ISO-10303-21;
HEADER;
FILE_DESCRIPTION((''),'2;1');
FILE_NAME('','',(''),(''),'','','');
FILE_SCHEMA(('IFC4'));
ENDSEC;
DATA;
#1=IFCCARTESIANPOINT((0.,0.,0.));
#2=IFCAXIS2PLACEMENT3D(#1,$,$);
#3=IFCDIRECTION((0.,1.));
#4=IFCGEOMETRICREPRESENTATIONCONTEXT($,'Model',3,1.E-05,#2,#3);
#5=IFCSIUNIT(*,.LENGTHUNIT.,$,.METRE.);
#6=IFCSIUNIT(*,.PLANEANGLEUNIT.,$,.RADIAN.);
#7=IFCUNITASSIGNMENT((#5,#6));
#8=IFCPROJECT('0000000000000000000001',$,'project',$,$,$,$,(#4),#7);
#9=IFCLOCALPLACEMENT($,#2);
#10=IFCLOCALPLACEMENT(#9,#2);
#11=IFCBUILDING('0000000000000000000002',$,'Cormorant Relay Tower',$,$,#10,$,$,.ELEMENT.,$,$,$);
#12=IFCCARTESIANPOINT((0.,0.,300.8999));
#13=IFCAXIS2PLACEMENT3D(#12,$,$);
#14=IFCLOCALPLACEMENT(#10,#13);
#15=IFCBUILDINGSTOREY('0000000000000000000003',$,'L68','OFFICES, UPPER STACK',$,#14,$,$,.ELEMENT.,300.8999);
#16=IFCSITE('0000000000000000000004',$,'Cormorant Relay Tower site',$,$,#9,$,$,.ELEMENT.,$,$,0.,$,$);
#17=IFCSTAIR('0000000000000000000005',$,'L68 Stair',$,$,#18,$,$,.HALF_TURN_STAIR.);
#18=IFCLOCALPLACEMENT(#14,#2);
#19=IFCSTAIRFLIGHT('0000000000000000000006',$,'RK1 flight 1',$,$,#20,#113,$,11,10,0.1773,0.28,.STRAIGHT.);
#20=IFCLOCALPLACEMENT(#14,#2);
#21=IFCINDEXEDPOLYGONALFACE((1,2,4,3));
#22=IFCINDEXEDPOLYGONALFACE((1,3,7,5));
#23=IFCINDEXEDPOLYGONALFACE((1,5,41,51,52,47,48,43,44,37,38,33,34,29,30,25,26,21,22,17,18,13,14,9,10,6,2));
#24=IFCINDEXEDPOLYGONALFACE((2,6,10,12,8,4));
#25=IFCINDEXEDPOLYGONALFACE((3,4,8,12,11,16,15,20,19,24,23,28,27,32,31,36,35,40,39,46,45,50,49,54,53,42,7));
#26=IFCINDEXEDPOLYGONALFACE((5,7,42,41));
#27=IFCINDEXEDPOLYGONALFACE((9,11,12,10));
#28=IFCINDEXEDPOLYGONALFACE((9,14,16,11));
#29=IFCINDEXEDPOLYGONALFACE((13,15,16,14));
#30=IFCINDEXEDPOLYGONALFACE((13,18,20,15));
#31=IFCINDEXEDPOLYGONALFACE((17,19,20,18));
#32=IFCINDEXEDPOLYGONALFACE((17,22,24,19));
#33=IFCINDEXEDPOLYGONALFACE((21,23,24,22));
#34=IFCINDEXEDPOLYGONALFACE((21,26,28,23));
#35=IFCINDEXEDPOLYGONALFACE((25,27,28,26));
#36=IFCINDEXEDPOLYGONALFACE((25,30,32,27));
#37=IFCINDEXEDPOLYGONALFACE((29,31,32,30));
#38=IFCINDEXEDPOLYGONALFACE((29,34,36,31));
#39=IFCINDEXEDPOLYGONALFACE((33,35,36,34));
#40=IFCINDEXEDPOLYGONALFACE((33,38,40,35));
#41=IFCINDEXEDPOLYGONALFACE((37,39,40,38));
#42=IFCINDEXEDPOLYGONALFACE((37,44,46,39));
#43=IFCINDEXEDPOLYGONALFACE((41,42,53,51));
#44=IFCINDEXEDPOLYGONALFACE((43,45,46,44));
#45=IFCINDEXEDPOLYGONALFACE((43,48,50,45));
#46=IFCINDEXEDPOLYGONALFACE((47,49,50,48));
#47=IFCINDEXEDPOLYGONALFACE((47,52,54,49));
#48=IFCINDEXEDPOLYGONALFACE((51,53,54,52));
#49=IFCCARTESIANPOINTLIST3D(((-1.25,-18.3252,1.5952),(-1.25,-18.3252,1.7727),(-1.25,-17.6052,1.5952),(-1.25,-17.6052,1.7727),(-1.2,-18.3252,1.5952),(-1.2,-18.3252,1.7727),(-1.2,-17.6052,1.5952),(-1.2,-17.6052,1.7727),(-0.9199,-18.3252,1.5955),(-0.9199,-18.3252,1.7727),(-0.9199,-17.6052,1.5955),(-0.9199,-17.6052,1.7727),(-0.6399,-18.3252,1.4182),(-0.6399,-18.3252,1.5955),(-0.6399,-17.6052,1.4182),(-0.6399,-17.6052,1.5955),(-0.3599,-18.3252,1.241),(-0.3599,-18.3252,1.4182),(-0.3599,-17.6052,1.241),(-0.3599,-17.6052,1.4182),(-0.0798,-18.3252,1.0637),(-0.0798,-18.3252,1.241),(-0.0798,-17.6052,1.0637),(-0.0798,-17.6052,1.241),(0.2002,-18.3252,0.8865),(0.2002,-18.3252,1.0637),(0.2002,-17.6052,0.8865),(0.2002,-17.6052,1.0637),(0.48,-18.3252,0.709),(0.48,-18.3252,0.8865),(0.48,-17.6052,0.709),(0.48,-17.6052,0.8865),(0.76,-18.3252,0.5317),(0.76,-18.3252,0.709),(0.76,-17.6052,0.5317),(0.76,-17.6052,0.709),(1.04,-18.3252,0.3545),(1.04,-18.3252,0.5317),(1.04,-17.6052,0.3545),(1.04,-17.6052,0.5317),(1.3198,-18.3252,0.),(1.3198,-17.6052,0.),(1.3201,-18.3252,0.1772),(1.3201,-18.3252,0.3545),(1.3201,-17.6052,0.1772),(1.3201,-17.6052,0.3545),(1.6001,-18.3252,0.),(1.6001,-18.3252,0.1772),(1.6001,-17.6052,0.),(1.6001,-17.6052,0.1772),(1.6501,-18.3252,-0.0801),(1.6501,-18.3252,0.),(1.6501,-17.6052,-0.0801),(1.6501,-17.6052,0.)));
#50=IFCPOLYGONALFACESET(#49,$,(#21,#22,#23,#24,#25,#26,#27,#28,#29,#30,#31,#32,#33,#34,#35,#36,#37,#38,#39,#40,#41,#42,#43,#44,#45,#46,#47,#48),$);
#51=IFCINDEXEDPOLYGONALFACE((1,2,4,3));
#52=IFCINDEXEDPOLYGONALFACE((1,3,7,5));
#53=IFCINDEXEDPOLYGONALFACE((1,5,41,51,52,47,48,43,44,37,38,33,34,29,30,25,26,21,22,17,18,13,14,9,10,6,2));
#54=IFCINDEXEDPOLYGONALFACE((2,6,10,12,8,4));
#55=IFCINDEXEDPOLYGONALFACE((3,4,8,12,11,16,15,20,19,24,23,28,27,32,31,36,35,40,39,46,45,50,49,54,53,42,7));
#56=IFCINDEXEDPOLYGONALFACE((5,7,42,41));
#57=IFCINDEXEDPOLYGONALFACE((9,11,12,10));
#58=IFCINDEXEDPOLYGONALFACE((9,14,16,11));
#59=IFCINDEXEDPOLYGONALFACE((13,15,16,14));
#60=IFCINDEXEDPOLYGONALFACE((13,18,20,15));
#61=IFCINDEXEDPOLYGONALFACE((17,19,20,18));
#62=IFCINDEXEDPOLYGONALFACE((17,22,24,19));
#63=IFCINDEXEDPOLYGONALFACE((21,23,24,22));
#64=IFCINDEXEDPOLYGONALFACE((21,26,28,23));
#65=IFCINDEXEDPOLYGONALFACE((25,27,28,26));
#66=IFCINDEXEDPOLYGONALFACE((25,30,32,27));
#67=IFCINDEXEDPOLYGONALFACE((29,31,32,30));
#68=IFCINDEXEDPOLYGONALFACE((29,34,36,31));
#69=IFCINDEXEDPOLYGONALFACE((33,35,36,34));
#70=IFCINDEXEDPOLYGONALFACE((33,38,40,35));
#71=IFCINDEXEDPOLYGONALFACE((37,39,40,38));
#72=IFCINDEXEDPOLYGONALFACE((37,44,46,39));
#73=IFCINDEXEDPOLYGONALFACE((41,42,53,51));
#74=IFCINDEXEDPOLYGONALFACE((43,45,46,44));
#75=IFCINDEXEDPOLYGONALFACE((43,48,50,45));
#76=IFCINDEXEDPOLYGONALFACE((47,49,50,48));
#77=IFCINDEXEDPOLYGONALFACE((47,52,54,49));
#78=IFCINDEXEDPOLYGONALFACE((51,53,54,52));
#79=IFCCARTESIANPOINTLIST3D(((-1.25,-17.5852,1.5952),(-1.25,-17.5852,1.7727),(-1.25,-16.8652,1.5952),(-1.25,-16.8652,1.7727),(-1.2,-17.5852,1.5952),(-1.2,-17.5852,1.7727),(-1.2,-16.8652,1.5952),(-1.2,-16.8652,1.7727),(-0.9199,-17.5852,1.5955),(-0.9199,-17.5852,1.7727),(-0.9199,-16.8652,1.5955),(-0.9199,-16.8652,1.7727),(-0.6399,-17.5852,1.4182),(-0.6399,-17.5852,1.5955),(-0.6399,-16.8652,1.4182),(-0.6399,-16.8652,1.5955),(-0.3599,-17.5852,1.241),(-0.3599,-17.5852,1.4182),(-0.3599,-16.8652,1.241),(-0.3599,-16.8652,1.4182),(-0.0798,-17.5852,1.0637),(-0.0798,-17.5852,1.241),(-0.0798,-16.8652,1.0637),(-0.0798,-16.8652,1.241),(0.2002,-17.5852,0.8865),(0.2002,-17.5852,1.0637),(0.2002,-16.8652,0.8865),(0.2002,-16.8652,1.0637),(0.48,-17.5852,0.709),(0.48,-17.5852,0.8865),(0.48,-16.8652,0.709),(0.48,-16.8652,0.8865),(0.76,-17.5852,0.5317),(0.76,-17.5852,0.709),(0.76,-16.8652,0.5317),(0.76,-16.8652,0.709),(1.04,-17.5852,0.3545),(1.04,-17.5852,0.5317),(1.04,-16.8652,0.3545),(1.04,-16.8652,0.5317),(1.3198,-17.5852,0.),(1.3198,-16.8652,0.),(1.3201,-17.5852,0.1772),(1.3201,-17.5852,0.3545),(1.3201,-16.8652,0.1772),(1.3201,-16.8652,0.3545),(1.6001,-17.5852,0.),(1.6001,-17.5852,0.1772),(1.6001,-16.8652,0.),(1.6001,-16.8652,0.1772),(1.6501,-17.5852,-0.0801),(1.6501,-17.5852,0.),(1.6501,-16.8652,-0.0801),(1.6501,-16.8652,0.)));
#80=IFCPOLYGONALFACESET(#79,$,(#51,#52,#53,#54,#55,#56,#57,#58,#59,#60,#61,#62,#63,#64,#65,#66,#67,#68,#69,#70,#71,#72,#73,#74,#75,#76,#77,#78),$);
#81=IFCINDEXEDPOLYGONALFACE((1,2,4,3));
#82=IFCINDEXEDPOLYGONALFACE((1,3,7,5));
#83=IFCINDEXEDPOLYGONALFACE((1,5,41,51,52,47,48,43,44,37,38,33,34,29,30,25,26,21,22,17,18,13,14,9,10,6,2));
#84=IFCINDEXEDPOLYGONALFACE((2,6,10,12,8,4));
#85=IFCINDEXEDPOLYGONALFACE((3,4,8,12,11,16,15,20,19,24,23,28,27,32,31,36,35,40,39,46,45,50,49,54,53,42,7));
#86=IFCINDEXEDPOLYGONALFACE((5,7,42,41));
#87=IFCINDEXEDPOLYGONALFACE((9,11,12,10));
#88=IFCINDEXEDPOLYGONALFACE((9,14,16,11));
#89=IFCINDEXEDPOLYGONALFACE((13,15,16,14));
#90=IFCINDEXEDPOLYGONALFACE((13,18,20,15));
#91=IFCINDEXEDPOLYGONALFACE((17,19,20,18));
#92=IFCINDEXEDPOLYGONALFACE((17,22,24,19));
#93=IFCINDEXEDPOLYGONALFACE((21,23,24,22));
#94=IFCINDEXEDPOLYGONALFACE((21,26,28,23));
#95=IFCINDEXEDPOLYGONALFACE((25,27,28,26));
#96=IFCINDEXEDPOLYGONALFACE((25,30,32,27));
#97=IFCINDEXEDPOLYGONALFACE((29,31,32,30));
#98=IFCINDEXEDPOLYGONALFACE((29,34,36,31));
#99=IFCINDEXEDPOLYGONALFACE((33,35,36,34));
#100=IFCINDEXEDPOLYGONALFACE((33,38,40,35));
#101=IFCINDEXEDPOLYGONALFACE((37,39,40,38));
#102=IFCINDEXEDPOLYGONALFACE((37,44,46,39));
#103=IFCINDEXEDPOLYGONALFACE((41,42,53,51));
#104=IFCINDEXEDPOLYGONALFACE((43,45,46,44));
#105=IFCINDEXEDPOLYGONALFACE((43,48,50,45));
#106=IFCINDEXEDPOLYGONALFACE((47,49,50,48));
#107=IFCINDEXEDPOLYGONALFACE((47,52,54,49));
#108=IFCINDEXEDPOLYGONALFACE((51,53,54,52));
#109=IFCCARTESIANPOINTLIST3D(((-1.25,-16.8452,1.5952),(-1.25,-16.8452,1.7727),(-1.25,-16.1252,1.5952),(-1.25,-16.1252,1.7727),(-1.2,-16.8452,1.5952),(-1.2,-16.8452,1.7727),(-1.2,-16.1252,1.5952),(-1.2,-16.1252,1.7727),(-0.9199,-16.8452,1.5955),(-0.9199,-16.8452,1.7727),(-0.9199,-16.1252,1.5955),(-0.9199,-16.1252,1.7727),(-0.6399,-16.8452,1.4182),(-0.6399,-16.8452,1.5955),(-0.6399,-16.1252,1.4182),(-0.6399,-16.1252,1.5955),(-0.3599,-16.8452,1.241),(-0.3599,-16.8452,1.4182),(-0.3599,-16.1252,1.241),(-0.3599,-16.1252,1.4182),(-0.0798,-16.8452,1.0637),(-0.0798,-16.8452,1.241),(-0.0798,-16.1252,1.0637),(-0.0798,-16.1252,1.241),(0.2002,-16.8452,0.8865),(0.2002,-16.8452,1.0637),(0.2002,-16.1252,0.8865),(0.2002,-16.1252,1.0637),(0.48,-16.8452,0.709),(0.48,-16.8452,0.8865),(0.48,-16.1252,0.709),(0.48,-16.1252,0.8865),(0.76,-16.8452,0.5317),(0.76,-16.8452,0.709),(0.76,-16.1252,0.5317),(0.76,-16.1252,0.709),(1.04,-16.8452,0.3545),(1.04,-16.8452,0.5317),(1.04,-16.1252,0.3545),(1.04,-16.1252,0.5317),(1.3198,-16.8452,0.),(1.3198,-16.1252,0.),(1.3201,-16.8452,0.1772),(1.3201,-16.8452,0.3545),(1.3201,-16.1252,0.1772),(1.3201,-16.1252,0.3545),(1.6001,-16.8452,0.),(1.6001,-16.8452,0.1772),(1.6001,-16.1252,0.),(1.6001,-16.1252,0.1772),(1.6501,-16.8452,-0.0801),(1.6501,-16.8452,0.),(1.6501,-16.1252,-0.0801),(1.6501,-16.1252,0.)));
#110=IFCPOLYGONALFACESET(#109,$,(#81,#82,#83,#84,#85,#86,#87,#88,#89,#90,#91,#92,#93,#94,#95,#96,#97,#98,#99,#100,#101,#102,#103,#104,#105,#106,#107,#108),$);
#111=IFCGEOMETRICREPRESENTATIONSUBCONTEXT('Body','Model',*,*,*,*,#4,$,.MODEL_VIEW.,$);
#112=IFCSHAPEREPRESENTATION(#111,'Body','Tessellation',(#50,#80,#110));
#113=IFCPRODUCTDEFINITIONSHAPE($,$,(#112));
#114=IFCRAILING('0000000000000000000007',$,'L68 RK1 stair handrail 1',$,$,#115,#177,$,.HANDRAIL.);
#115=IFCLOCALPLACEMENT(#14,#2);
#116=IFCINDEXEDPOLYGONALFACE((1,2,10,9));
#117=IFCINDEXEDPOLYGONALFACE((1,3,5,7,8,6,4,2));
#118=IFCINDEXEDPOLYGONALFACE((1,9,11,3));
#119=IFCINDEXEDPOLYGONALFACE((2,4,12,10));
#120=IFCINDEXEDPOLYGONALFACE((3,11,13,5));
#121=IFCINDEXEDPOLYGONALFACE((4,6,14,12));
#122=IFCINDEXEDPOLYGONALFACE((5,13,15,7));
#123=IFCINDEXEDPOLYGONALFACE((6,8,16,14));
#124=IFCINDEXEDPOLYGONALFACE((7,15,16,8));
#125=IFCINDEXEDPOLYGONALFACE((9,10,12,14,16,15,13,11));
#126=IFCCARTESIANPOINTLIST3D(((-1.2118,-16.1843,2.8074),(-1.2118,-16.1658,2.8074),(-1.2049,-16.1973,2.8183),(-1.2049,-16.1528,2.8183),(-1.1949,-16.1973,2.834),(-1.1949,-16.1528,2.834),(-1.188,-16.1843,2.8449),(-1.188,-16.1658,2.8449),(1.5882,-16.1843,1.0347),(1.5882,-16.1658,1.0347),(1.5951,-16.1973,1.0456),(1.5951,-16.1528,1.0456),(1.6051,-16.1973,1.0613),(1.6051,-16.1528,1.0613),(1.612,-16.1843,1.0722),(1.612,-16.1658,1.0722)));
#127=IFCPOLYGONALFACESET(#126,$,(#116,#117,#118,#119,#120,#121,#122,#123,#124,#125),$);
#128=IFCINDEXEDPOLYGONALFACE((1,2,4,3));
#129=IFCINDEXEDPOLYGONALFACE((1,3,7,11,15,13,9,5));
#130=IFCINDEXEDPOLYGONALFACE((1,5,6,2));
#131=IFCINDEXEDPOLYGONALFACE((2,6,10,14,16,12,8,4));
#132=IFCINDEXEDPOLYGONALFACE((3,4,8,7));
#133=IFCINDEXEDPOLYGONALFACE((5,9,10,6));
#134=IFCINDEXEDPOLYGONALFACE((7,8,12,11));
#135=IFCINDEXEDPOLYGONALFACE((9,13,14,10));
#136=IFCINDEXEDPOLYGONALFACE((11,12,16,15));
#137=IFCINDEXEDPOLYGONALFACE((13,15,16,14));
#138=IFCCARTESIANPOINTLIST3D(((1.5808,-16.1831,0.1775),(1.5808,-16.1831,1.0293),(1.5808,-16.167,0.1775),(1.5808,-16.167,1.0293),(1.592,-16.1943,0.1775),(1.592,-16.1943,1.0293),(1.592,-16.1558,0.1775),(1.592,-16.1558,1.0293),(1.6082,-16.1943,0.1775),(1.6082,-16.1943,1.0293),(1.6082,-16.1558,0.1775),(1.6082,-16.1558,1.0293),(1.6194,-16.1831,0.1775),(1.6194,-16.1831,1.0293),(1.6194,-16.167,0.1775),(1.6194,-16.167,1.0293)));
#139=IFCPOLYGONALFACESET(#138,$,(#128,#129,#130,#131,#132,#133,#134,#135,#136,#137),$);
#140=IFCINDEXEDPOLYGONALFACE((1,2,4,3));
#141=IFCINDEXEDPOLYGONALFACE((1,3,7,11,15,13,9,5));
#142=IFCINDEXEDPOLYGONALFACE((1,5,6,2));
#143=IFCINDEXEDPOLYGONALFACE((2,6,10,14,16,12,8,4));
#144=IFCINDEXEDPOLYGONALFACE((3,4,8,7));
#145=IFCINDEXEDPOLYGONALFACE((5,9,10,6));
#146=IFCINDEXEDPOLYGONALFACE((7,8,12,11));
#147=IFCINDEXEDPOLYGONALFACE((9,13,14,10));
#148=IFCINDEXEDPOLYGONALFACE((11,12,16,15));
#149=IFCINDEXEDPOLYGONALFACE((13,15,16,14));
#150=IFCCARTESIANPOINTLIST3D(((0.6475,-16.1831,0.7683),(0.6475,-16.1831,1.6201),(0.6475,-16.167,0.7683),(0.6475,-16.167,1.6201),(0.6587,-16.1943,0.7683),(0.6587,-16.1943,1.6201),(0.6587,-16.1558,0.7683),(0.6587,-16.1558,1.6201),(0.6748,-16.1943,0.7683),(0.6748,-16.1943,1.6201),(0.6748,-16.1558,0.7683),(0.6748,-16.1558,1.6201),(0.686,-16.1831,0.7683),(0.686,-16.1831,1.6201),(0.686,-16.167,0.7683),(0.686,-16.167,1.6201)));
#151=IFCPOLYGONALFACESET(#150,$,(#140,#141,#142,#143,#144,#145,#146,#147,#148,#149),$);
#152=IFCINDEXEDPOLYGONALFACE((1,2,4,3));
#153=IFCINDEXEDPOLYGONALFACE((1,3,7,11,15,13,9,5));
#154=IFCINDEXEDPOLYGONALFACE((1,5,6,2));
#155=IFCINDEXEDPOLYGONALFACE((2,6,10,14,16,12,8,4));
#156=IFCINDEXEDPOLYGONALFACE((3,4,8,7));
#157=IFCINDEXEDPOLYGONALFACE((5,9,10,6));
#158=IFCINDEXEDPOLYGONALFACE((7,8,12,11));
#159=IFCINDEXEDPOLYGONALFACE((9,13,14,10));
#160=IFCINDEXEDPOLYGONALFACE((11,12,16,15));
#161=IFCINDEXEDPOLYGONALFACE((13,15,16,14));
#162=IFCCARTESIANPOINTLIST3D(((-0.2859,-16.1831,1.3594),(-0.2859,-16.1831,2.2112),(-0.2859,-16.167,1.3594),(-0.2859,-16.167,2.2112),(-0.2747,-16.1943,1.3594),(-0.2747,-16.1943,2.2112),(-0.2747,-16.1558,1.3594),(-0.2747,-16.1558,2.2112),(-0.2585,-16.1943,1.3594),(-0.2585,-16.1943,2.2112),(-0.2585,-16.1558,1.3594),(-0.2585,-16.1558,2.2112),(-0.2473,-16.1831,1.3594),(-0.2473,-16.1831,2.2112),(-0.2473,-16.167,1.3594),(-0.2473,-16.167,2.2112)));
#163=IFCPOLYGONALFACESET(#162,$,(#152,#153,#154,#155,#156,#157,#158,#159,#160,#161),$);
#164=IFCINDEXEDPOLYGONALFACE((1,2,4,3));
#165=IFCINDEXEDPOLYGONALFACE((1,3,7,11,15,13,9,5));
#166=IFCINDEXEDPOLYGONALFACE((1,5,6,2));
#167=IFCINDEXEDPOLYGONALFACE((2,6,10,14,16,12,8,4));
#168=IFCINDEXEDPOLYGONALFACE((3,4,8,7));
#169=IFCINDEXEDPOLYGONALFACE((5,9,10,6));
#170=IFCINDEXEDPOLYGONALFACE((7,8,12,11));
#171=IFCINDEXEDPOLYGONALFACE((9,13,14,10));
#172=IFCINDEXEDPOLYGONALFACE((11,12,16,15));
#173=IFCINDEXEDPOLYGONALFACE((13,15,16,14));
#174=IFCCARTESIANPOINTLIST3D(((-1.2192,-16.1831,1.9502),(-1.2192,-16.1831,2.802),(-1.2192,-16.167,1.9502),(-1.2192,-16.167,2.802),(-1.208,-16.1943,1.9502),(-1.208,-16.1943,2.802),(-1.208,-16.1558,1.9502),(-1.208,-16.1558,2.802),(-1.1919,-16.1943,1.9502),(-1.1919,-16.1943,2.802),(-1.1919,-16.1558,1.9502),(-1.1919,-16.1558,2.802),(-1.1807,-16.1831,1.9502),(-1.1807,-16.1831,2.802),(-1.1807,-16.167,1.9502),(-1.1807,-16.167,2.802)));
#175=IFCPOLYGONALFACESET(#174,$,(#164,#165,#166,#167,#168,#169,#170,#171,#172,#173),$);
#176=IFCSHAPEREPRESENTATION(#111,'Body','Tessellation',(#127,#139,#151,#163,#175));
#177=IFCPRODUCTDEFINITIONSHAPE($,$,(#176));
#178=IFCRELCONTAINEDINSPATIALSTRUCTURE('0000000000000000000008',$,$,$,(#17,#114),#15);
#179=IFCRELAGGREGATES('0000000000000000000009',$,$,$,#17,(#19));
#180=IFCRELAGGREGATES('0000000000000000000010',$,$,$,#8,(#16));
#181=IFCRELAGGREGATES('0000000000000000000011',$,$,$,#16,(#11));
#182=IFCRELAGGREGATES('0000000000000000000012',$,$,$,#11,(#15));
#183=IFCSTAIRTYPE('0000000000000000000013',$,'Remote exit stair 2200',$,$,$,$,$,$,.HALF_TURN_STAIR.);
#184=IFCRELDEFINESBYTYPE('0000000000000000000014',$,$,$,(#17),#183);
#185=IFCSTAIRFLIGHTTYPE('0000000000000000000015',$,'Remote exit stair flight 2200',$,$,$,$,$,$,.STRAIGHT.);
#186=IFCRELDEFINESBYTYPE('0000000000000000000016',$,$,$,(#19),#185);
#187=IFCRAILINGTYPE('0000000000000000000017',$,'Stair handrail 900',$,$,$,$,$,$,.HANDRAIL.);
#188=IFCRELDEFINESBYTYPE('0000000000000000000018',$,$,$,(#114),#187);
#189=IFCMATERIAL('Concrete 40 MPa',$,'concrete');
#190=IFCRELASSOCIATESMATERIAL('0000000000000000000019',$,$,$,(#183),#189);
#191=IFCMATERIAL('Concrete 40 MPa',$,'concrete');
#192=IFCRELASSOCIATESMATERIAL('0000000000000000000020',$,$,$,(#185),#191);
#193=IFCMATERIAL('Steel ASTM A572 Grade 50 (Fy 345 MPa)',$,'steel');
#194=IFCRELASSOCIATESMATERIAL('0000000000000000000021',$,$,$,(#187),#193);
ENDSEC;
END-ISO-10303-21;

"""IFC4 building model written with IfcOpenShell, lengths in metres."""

from ifc_helpers import new_model, si_unit, direction, frame, origin, place, context, subcontext, project, spatial, polyline, outline, extrude, material, type_object, element, aggregate, save


model = new_model("IFC4")

# Units and contexts
model_context = context("Model", 3, precision=1e-05, world=origin(), true_north=direction((0.0, 1.0)))
body_context = subcontext(model_context, "Body", "Model", "MODEL_VIEW")
ifc_project = project(units=[si_unit("LENGTHUNIT", "METRE"), si_unit("PLANEANGLEUNIT", "RADIAN")], contexts=[model_context])

# Site, building, storey
site_placement = place(None, origin())
site = spatial("IfcSite", under=ifc_project, at=site_placement, Name="Cormorant Relay Tower site", CompositionType="ELEMENT", RefElevation=0.0)
building_placement = place(site_placement, origin())
building = spatial("IfcBuilding", under=site, at=building_placement, Name="Cormorant Relay Tower", CompositionType="ELEMENT")
storey_placement = place(building_placement, frame((0.0, 0.0, 300.8999)))
storey = spatial("IfcBuildingStorey", under=building, at=storey_placement, Name="L68", Description="OFFICES, UPPER STACK", CompositionType="ELEMENT", Elevation=300.8999)

# Stair
ifc_material_1 = material(Name="Concrete 40 MPa", Category="concrete")
stair_type_1 = type_object("IfcStairType", Name="Remote exit stair 2200", PredefinedType="HALF_TURN_STAIR", material=ifc_material_1)
stair_1_placement = place(storey_placement, origin())
stair_1 = element("IfcStair", 1, at=stair_1_placement, inside=storey, type_object=stair_type_1, Name="L68 Stair", PredefinedType="HALF_TURN_STAIR")

# Stair flight
ifc_material_2 = material(Name="Concrete 40 MPa", Category="concrete")
stair_flight_type = type_object("IfcStairFlightType", Name="Remote exit stair flight 2200", PredefinedType="STRAIGHT", material=ifc_material_2)
stair_flight_placement = place(storey_placement, frame((1.6001, -17.2251, 0.0), z_axis=(0.0, 0.0, 1.0), x_axis=(-1.0, 0.0, 0.0)))
stair_flight = element("IfcStairFlight", 2, at=stair_flight_placement, type_object=stair_flight_type, Name="RK1 flight 1", NumberOfRisers=11, NumberOfTreads=10, PredefinedType="STRAIGHT", RiserHeight=0.1773, TreadLength=0.28, context=body_context, shape_type="SweptSolid", body=[
    extrude(outline(polyline([(-0.05, -0.0801), (-0.05, 0.0), (0.0, 0.0), (0.0, 0.1772), (0.28, 0.1772), (0.28, 0.3545), (0.5601, 0.3545), (0.5601, 0.5317), (0.8401, 0.5317), (0.8401, 0.709), (1.1201, 0.709), (1.1201, 0.8865), (1.3999, 0.8865), (1.3999, 1.0637), (1.6799, 1.0637), (1.6799, 1.241), (1.96, 1.241), (1.96, 1.4182), (2.24, 1.4182), (2.24, 1.5955), (2.52, 1.5955), (2.52, 1.7727), (2.8, 1.7727), (2.8501, 1.7727), (2.8501, 1.5952), (2.8, 1.5952), (0.2803, 0.0), (-0.05, -0.0801)])), frame((0.0, 1.1001, 0.0), z_axis=(0.0, -1.0, 0.0), x_axis=(1.0, 0.0, 0.0)), (0.0, 0.0, 1.0), 0.72),
    extrude(outline(polyline([(-0.05, -0.0801), (-0.05, 0.0), (0.0, 0.0), (0.0, 0.1772), (0.28, 0.1772), (0.28, 0.3545), (0.5601, 0.3545), (0.5601, 0.5317), (0.8401, 0.5317), (0.8401, 0.709), (1.1201, 0.709), (1.1201, 0.8865), (1.3999, 0.8865), (1.3999, 1.0637), (1.6799, 1.0637), (1.6799, 1.241), (1.96, 1.241), (1.96, 1.4182), (2.24, 1.4182), (2.24, 1.5955), (2.52, 1.5955), (2.52, 1.7727), (2.8, 1.7727), (2.8501, 1.7727), (2.8501, 1.5952), (2.8, 1.5952), (0.2803, 0.0), (-0.05, -0.0801)])), frame((0.0, 0.3601, 0.0), z_axis=(0.0, -1.0, 0.0), x_axis=(1.0, 0.0, 0.0)), (0.0, 0.0, 1.0), 0.72),
    extrude(outline(polyline([(-0.05, -0.0801), (-0.05, 0.0), (0.0, 0.0), (0.0, 0.1772), (0.28, 0.1772), (0.28, 0.3545), (0.5601, 0.3545), (0.5601, 0.5317), (0.8401, 0.5317), (0.8401, 0.709), (1.1201, 0.709), (1.1201, 0.8865), (1.3999, 0.8865), (1.3999, 1.0637), (1.6799, 1.0637), (1.6799, 1.241), (1.96, 1.241), (1.96, 1.4182), (2.24, 1.4182), (2.24, 1.5955), (2.52, 1.5955), (2.52, 1.7727), (2.8, 1.7727), (2.8501, 1.7727), (2.8501, 1.5952), (2.8, 1.5952), (0.2803, 0.0), (-0.05, -0.0801)])), frame((0.0, -0.3799, 0.0), z_axis=(0.0, -1.0, 0.0), x_axis=(1.0, 0.0, 0.0)), (0.0, 0.0, 1.0), 0.72),
])
aggregate(stair_1, [stair_flight])

# Railing
ifc_material_3 = material(Name="Steel ASTM A572 Grade 50 (Fy 345 MPa)", Category="steel")
railing_type = type_object("IfcRailingType", Name="Stair handrail 900", PredefinedType="HANDRAIL", material=ifc_material_3)
railing_placement = place(storey_placement, frame((1.6001, -16.175, 0.1775)))
element("IfcRailing", 3, at=railing_placement, inside=storey, type_object=railing_type, Name="L68 RK1 stair handrail 1", PredefinedType="HANDRAIL", context=body_context, shape_type="SweptSolid", body=[
    extrude(outline(polyline([(0.0222, 0.0093), (0.0093, 0.0222), (-0.0093, 0.0222), (-0.0222, 0.0093), (-0.0222, -0.0093), (-0.0093, -0.0222), (0.0093, -0.0222), (0.0222, -0.0093), (0.0222, 0.0093)])), frame((0.0, 0.0, 0.876), z_axis=(-0.844909, 0.0, 0.53491), x_axis=(0.0, -1.0, 0.0)), (0.0, 0.0, 1.0), 3.314),
    extrude(outline(polyline([(0.0193, 0.0081), (0.0081, 0.0193), (-0.0081, 0.0193), (-0.0193, 0.0081), (-0.0193, -0.0081), (-0.0081, -0.0193), (0.0081, -0.0193), (0.0193, -0.0081), (0.0193, 0.0081)])), origin(), (0.0, 0.0, 1.0), 0.8518),
    extrude(outline(polyline([(0.0193, 0.0081), (0.0081, 0.0193), (-0.0081, 0.0193), (-0.0193, 0.0081), (-0.0193, -0.0081), (-0.0081, -0.0193), (0.0081, -0.0193), (0.0193, -0.0081), (0.0193, 0.0081)])), frame((-0.9333, 0.0, 0.5908)), (0.0, 0.0, 1.0), 0.8518),
    extrude(outline(polyline([(0.0193, 0.0081), (0.0081, 0.0193), (-0.0081, 0.0193), (-0.0193, 0.0081), (-0.0193, -0.0081), (-0.0081, -0.0193), (0.0081, -0.0193), (0.0193, -0.0081), (0.0193, 0.0081)])), frame((-1.8667, 0.0, 1.1819)), (0.0, 0.0, 1.0), 0.8518),
    extrude(outline(polyline([(0.0193, 0.0081), (0.0081, 0.0193), (-0.0081, 0.0193), (-0.0193, 0.0081), (-0.0193, -0.0081), (-0.0081, -0.0193), (0.0081, -0.0193), (0.0193, -0.0081), (0.0193, 0.0081)])), frame((-2.8, 0.0, 1.7727)), (0.0, 0.0, 1.0), 0.8518),
])

save(model, "model.ifc")
